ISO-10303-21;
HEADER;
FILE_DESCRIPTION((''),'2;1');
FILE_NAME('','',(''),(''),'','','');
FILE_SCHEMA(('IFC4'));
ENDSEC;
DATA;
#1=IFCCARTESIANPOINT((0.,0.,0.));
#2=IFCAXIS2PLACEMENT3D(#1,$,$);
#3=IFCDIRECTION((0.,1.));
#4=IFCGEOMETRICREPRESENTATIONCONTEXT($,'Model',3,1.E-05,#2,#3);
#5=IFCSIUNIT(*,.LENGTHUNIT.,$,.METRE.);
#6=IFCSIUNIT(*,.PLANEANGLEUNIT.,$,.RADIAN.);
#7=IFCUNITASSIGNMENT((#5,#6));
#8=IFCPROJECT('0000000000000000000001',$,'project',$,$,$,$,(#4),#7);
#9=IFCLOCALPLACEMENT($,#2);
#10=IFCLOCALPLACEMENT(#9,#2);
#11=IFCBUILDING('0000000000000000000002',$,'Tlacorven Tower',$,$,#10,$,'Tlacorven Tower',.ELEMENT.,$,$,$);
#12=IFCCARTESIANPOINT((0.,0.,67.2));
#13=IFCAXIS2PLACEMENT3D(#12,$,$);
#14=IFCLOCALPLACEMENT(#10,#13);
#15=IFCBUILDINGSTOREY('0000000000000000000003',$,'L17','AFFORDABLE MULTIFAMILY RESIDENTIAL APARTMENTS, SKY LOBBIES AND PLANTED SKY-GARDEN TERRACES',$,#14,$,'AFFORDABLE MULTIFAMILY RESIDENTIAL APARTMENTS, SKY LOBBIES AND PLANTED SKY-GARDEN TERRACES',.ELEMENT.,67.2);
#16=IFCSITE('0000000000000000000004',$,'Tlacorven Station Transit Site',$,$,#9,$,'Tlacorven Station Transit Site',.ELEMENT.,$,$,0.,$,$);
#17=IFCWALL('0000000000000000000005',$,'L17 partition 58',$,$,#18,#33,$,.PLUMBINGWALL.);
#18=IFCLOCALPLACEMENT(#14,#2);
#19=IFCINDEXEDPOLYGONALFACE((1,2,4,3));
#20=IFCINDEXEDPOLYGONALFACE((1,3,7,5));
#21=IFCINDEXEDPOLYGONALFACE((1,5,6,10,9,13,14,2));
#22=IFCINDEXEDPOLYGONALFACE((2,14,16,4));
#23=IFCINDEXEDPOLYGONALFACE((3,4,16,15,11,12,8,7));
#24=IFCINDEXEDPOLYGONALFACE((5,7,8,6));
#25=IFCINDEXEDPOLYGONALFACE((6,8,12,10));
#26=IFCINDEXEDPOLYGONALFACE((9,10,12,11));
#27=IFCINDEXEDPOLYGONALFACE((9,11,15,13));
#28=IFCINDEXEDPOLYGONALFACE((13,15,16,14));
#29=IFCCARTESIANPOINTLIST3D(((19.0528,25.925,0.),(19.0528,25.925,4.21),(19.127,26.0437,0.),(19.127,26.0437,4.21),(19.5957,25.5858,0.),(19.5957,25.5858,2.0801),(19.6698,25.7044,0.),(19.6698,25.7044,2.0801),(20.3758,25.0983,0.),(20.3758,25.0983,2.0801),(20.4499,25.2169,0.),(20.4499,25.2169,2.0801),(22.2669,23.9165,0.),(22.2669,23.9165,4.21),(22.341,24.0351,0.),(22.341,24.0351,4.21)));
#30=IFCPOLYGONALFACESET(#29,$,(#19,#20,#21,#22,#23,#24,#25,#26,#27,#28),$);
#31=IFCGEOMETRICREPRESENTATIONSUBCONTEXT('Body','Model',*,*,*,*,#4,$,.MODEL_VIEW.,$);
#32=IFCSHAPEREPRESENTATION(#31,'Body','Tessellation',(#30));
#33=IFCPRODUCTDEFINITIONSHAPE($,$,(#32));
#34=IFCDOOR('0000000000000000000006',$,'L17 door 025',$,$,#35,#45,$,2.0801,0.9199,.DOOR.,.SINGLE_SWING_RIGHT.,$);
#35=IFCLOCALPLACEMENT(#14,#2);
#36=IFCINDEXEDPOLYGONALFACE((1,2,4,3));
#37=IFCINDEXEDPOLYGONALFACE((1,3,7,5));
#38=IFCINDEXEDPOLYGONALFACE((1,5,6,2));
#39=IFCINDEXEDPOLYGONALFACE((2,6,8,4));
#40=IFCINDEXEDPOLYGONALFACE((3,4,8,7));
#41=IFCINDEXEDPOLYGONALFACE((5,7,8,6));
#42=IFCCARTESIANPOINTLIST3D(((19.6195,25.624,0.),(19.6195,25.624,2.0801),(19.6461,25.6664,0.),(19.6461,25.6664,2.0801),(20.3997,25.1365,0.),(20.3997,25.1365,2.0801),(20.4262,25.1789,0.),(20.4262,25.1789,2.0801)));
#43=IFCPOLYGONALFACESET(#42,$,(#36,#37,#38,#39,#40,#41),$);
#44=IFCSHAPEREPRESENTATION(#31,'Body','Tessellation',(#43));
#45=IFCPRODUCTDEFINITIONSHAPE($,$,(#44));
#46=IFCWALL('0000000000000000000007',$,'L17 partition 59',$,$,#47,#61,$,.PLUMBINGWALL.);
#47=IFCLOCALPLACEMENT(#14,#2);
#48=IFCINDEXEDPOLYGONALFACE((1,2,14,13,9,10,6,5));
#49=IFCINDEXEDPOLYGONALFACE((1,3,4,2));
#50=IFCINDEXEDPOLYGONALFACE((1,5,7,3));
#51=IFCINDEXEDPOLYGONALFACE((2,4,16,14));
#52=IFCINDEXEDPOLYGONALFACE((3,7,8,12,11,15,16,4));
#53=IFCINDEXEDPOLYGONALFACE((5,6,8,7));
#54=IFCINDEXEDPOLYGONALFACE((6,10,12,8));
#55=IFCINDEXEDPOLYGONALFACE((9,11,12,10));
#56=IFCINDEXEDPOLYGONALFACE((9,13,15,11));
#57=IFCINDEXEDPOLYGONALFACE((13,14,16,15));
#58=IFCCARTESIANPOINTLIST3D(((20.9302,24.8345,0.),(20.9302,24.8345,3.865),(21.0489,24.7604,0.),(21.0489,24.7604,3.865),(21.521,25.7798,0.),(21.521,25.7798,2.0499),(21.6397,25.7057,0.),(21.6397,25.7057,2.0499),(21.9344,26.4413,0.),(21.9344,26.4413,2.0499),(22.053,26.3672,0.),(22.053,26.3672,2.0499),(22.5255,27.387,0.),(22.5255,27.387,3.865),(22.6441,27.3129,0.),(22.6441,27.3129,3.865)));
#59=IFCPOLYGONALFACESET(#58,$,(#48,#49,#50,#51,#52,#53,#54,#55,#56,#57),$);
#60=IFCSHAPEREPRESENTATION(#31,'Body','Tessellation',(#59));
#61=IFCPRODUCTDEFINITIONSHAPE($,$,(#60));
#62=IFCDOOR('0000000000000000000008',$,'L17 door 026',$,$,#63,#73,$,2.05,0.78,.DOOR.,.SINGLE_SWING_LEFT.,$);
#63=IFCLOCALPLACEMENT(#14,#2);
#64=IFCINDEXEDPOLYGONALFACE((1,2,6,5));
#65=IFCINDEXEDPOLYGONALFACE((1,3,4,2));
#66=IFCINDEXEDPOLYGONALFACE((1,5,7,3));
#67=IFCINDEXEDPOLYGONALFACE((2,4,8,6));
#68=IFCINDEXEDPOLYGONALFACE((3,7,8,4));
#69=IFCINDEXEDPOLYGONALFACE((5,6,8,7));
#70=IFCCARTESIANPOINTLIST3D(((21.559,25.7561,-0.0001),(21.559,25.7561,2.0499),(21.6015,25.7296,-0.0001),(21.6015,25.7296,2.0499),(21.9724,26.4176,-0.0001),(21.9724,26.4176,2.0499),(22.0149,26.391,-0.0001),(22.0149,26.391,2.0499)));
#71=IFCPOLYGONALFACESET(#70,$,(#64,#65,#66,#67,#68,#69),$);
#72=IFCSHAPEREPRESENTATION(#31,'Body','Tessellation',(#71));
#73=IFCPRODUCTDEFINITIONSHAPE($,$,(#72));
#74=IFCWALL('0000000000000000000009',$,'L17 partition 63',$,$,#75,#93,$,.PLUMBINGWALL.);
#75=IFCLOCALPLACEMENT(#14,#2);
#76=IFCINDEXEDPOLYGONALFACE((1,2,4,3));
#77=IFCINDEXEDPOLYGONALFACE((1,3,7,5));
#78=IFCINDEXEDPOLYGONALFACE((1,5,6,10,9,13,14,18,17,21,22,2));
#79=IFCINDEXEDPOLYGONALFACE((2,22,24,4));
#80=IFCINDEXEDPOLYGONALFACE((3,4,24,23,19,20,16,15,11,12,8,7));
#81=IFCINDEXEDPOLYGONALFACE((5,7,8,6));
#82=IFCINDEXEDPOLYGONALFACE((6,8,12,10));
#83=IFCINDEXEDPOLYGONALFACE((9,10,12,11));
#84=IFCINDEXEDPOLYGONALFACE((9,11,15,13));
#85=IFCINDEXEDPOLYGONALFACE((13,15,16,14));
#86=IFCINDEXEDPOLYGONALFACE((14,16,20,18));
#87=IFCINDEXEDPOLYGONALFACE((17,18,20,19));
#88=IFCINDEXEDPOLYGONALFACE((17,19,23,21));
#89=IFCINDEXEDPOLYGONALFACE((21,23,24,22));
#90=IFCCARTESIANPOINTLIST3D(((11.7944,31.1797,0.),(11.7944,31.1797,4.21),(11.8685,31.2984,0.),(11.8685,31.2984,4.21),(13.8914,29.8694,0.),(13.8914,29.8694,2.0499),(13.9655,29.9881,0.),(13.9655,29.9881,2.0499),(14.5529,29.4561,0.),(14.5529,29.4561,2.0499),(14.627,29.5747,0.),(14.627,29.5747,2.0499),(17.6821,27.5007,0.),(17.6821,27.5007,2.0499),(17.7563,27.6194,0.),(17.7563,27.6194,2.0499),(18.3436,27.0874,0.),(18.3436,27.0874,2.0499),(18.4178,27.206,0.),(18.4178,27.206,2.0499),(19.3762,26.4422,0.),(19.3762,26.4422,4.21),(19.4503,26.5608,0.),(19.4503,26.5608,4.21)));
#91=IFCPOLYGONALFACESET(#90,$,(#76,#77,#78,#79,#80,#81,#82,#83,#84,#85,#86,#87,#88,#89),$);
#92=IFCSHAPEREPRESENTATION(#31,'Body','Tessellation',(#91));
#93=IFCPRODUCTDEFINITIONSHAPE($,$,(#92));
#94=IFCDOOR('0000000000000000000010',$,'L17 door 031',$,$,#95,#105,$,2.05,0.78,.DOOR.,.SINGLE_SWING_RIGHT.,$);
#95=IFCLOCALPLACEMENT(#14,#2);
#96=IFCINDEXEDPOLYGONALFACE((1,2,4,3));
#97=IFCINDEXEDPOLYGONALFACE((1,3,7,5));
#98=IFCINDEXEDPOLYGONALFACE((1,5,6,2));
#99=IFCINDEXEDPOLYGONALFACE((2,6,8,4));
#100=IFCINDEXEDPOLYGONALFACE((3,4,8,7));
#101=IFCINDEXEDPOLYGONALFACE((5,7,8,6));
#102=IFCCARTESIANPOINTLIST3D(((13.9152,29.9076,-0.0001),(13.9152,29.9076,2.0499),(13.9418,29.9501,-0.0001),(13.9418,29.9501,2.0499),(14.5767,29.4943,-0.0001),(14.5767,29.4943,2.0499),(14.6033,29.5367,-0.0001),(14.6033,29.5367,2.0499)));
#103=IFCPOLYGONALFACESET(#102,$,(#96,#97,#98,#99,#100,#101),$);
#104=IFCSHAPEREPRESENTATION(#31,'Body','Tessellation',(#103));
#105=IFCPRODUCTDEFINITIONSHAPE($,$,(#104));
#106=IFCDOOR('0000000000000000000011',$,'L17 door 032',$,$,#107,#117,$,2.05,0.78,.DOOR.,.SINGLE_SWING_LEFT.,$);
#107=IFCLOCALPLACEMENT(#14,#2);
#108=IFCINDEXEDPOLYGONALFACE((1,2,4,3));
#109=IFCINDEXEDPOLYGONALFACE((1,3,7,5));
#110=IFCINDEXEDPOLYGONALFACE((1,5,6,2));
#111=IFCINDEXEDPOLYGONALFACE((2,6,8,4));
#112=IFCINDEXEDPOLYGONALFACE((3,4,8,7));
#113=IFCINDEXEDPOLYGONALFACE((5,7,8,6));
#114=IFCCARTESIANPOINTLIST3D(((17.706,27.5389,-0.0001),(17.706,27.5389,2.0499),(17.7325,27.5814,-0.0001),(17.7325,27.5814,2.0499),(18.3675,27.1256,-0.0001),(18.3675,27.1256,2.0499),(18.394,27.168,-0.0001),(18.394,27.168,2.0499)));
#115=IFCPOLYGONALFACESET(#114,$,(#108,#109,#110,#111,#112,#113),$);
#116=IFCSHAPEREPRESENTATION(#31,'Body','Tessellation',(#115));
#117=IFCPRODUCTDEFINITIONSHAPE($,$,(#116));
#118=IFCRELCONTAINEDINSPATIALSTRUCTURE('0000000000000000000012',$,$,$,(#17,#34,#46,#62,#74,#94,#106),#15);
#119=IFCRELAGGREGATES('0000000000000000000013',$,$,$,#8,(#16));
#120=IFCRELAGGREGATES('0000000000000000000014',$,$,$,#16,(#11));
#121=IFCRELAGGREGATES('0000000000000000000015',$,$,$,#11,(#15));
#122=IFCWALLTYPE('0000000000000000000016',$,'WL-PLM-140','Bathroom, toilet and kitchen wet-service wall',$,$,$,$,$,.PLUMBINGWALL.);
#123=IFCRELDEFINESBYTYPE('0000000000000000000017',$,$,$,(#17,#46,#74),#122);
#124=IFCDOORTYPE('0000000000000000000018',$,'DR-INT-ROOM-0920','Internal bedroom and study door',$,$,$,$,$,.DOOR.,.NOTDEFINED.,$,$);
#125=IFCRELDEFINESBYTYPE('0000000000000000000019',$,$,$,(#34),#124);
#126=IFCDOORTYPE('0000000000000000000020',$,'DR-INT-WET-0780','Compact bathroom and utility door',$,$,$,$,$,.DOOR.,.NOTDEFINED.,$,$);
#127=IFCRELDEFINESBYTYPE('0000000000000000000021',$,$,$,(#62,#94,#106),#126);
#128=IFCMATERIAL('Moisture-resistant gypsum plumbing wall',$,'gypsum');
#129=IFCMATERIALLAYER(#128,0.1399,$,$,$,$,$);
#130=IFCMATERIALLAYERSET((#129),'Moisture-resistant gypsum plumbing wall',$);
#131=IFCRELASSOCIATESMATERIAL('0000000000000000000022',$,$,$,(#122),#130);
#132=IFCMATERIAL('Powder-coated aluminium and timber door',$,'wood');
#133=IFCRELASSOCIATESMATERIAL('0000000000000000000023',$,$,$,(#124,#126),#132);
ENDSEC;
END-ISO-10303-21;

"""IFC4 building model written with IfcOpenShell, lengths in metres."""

from ifc_helpers import new_model, si_unit, direction, frame, frame_2d, origin, place, context, subcontext, project, spatial, rectangle, extrude, source, transform, mapped, material, layer, layer_set, type_object, element, fill, save


model = new_model("IFC4")

# Units and contexts
model_context = context("Model", 3, precision=1e-05, world=origin(), true_north=direction((0.0, 1.0)))
body_context = subcontext(model_context, "Body", "Model", "MODEL_VIEW")
ifc_project = project(units=[si_unit("LENGTHUNIT", "METRE"), si_unit("PLANEANGLEUNIT", "RADIAN")], contexts=[model_context])

# Site, building, storey
site_placement = place(None, origin())
site = spatial("IfcSite", under=ifc_project, at=site_placement, Name="Tlacorven Station Transit Site", LongName="Tlacorven Station Transit Site", CompositionType="ELEMENT", RefElevation=0.0)
building_placement = place(site_placement, origin())
building = spatial("IfcBuilding", under=site, at=building_placement, Name="Tlacorven Tower", LongName="Tlacorven Tower", CompositionType="ELEMENT")
storey_placement = place(building_placement, frame((0.0, 0.0, 67.2)))
storey = spatial("IfcBuildingStorey", under=building, at=storey_placement, Name="L17", Description="AFFORDABLE MULTIFAMILY RESIDENTIAL APARTMENTS, SKY LOBBIES AND PLANTED SKY-GARDEN TERRACES", LongName="AFFORDABLE MULTIFAMILY RESIDENTIAL APARTMENTS, SKY LOBBIES AND PLANTED SKY-GARDEN TERRACES", CompositionType="ELEMENT", Elevation=67.2)

# Walls, openings, doors
ifc_material_1 = material(Name="Moisture-resistant gypsum plumbing wall", Category="gypsum")
ifc_layer_1 = layer(ifc_material_1, 0.1399)
ifc_layer_set_1 = layer_set([ifc_layer_1], Name="Moisture-resistant gypsum plumbing wall")
wall_type_1 = type_object("IfcWallType", Name="WL-PLM-140", Description="Bathroom, toilet and kitchen wet-service wall", PredefinedType="PLUMBINGWALL", material=ifc_layer_set_1)
wall_1_placement = place(storey_placement, frame((22.304, 23.9758, 0.0), z_axis=(0.0, 0.0, 1.0), x_axis=(-0.848031, 0.529947, 0.0)))
wall_1 = element("IfcWall", 1, at=wall_1_placement, inside=storey, type_object=wall_type_1, Name="L17 partition 58", PredefinedType="PLUMBINGWALL", context=body_context, shape_type="SweptSolid", body=[
    extrude(rectangle(XDim=3.79, YDim=0.1399, at=frame_2d((1.895, 0.0))), origin(), (0.0, 0.0, 1.0), 4.21),
])
opening_1_placement = place(wall_1_placement, frame((2.23, 0.0, 0.0)))
opening_1 = element("IfcOpeningElement", 2, at=opening_1_placement, cuts=wall_1, PredefinedType="OPENING", context=body_context, shape_type="SweptSolid", body=[
    extrude(rectangle(XDim=0.9199, YDim=2.0801, at=frame_2d((0.46, 1.04))), frame((0.0, 0.0801, 0.0), z_axis=(0.0, -1.0, 0.0), x_axis=(1.0, 0.0, 0.0)), (0.0, 0.0, 1.0), 0.1599),
])
ifc_material_2 = material(Name="Powder-coated aluminium and timber door", Category="wood")
door_type_1 = type_object("IfcDoorType", Name="DR-INT-ROOM-0920", Description="Internal bedroom and study door", OperationType="NOTDEFINED", PredefinedType="DOOR", material=ifc_material_2)
shared_shape_1 = source(origin(), body_context, "Body", "SweptSolid", [
    extrude(rectangle(XDim=0.9199, YDim=2.0801, at=frame_2d((0.46, 1.04))), frame((0.0, 0.0249, 0.0), z_axis=(0.0, -1.0, 0.0), x_axis=(1.0, 0.0, 0.0)), (0.0, 0.0, 1.0), 0.05),
])
door_1_placement = place(opening_1_placement, origin())
door_1 = element("IfcDoor", 3, at=door_1_placement, inside=storey, type_object=door_type_1, Name="L17 door 025", OperationType="SINGLE_SWING_RIGHT", OverallHeight=2.0801, OverallWidth=0.9199, PredefinedType="DOOR", context=body_context, shape_type="MappedRepresentation", body=[
    mapped(shared_shape_1, transform((0.0, 0.0, 0.0), scale=1.0)),
])
fill(opening_1, door_1)
wall_2_placement = place(storey_placement, frame((22.5847, 27.3499, 0.0), z_axis=(0.0, 0.0, 1.0), x_axis=(-0.529977, -0.848012, 0.0)))
wall_2 = element("IfcWall", 4, at=wall_2_placement, inside=storey, type_object=wall_type_1, Name="L17 partition 59", PredefinedType="PLUMBINGWALL", context=body_context, shape_type="SweptSolid", body=[
    extrude(rectangle(XDim=3.01, YDim=0.1399, at=frame_2d((1.5049, 0.0))), origin(), (0.0, 0.0, 1.0), 3.865),
])
opening_2_placement = place(wall_2_placement, frame((1.115, 0.0, 0.0)))
opening_2 = element("IfcOpeningElement", 5, at=opening_2_placement, cuts=wall_2, PredefinedType="OPENING", context=body_context, shape_type="SweptSolid", body=[
    extrude(rectangle(XDim=0.78, YDim=2.05, at=frame_2d((0.3901, 1.0249))), frame((0.0, 0.0801, 0.0), z_axis=(0.0, -1.0, 0.0), x_axis=(1.0, 0.0, 0.0)), (0.0, 0.0, 1.0), 0.1599),
])
door_type_2 = type_object("IfcDoorType", Name="DR-INT-WET-0780", Description="Compact bathroom and utility door", OperationType="NOTDEFINED", PredefinedType="DOOR", material=ifc_material_2)
shared_shape_2 = source(origin(), body_context, "Body", "SweptSolid", [
    extrude(rectangle(XDim=0.78, YDim=2.05, at=frame_2d((0.3901, 1.0249))), frame((0.0, 0.0249, 0.0), z_axis=(0.0, -1.0, 0.0), x_axis=(1.0, 0.0, 0.0)), (0.0, 0.0, 1.0), 0.05),
])
door_2_placement = place(opening_2_placement, origin())
door_2 = element("IfcDoor", 6, at=door_2_placement, inside=storey, type_object=door_type_2, Name="L17 door 026", OperationType="SINGLE_SWING_LEFT", OverallHeight=2.05, OverallWidth=0.78, PredefinedType="DOOR", context=body_context, shape_type="MappedRepresentation", body=[
    mapped(shared_shape_2, transform((0.0, 0.0, 0.0), scale=1.0)),
])
fill(opening_2, door_2)

# Wall, openings, doors
wall_3_placement = place(storey_placement, frame((19.4133, 26.5015, 0.0), z_axis=(0.0, 0.0, 1.0), x_axis=(-0.848052, 0.529913, 0.0)))
wall_3 = element("IfcWall", 7, at=wall_3_placement, inside=storey, type_object=wall_type_1, Name="L17 partition 63", PredefinedType="PLUMBINGWALL", context=body_context, shape_type="SweptSolid", body=[
    extrude(rectangle(XDim=8.9402, YDim=0.1399, at=frame_2d((4.4702, 0.0))), origin(), (0.0, 0.0, 1.0), 4.21),
])
opening_3_placement = place(wall_3_placement, frame((5.6875, 0.0, 0.0)))
opening_3 = element("IfcOpeningElement", 8, at=opening_3_placement, cuts=wall_3, PredefinedType="OPENING", context=body_context, shape_type="SweptSolid", body=[
    extrude(rectangle(XDim=0.78, YDim=2.05, at=frame_2d((0.3901, 1.0249))), frame((0.0, 0.0801, 0.0), z_axis=(0.0, -1.0, 0.0), x_axis=(1.0, 0.0, 0.0)), (0.0, 0.0, 1.0), 0.1599),
])
opening_4_placement = place(wall_3_placement, frame((1.2175, 0.0, 0.0)))
opening_4 = element("IfcOpeningElement", 9, at=opening_4_placement, cuts=wall_3, PredefinedType="OPENING", context=body_context, shape_type="SweptSolid", body=[
    extrude(rectangle(XDim=0.78, YDim=2.05, at=frame_2d((0.3901, 1.0249))), frame((0.0, 0.0801, 0.0), z_axis=(0.0, -1.0, 0.0), x_axis=(1.0, 0.0, 0.0)), (0.0, 0.0, 1.0), 0.1599),
])
door_3_placement = place(opening_3_placement, origin())
door_3 = element("IfcDoor", 10, at=door_3_placement, inside=storey, type_object=door_type_2, Name="L17 door 031", OperationType="SINGLE_SWING_RIGHT", OverallHeight=2.05, OverallWidth=0.78, PredefinedType="DOOR", context=body_context, shape_type="MappedRepresentation", body=[
    mapped(shared_shape_2, transform((0.0, 0.0, 0.0), scale=1.0)),
])
fill(opening_3, door_3)
door_4_placement = place(opening_4_placement, origin())
door_4 = element("IfcDoor", 11, at=door_4_placement, inside=storey, type_object=door_type_2, Name="L17 door 032", OperationType="SINGLE_SWING_LEFT", OverallHeight=2.05, OverallWidth=0.78, PredefinedType="DOOR", context=body_context, shape_type="MappedRepresentation", body=[
    mapped(shared_shape_2, transform((0.0, 0.0, 0.0), scale=1.0)),
])
fill(opening_4, door_4)

save(model, "model.ifc")
